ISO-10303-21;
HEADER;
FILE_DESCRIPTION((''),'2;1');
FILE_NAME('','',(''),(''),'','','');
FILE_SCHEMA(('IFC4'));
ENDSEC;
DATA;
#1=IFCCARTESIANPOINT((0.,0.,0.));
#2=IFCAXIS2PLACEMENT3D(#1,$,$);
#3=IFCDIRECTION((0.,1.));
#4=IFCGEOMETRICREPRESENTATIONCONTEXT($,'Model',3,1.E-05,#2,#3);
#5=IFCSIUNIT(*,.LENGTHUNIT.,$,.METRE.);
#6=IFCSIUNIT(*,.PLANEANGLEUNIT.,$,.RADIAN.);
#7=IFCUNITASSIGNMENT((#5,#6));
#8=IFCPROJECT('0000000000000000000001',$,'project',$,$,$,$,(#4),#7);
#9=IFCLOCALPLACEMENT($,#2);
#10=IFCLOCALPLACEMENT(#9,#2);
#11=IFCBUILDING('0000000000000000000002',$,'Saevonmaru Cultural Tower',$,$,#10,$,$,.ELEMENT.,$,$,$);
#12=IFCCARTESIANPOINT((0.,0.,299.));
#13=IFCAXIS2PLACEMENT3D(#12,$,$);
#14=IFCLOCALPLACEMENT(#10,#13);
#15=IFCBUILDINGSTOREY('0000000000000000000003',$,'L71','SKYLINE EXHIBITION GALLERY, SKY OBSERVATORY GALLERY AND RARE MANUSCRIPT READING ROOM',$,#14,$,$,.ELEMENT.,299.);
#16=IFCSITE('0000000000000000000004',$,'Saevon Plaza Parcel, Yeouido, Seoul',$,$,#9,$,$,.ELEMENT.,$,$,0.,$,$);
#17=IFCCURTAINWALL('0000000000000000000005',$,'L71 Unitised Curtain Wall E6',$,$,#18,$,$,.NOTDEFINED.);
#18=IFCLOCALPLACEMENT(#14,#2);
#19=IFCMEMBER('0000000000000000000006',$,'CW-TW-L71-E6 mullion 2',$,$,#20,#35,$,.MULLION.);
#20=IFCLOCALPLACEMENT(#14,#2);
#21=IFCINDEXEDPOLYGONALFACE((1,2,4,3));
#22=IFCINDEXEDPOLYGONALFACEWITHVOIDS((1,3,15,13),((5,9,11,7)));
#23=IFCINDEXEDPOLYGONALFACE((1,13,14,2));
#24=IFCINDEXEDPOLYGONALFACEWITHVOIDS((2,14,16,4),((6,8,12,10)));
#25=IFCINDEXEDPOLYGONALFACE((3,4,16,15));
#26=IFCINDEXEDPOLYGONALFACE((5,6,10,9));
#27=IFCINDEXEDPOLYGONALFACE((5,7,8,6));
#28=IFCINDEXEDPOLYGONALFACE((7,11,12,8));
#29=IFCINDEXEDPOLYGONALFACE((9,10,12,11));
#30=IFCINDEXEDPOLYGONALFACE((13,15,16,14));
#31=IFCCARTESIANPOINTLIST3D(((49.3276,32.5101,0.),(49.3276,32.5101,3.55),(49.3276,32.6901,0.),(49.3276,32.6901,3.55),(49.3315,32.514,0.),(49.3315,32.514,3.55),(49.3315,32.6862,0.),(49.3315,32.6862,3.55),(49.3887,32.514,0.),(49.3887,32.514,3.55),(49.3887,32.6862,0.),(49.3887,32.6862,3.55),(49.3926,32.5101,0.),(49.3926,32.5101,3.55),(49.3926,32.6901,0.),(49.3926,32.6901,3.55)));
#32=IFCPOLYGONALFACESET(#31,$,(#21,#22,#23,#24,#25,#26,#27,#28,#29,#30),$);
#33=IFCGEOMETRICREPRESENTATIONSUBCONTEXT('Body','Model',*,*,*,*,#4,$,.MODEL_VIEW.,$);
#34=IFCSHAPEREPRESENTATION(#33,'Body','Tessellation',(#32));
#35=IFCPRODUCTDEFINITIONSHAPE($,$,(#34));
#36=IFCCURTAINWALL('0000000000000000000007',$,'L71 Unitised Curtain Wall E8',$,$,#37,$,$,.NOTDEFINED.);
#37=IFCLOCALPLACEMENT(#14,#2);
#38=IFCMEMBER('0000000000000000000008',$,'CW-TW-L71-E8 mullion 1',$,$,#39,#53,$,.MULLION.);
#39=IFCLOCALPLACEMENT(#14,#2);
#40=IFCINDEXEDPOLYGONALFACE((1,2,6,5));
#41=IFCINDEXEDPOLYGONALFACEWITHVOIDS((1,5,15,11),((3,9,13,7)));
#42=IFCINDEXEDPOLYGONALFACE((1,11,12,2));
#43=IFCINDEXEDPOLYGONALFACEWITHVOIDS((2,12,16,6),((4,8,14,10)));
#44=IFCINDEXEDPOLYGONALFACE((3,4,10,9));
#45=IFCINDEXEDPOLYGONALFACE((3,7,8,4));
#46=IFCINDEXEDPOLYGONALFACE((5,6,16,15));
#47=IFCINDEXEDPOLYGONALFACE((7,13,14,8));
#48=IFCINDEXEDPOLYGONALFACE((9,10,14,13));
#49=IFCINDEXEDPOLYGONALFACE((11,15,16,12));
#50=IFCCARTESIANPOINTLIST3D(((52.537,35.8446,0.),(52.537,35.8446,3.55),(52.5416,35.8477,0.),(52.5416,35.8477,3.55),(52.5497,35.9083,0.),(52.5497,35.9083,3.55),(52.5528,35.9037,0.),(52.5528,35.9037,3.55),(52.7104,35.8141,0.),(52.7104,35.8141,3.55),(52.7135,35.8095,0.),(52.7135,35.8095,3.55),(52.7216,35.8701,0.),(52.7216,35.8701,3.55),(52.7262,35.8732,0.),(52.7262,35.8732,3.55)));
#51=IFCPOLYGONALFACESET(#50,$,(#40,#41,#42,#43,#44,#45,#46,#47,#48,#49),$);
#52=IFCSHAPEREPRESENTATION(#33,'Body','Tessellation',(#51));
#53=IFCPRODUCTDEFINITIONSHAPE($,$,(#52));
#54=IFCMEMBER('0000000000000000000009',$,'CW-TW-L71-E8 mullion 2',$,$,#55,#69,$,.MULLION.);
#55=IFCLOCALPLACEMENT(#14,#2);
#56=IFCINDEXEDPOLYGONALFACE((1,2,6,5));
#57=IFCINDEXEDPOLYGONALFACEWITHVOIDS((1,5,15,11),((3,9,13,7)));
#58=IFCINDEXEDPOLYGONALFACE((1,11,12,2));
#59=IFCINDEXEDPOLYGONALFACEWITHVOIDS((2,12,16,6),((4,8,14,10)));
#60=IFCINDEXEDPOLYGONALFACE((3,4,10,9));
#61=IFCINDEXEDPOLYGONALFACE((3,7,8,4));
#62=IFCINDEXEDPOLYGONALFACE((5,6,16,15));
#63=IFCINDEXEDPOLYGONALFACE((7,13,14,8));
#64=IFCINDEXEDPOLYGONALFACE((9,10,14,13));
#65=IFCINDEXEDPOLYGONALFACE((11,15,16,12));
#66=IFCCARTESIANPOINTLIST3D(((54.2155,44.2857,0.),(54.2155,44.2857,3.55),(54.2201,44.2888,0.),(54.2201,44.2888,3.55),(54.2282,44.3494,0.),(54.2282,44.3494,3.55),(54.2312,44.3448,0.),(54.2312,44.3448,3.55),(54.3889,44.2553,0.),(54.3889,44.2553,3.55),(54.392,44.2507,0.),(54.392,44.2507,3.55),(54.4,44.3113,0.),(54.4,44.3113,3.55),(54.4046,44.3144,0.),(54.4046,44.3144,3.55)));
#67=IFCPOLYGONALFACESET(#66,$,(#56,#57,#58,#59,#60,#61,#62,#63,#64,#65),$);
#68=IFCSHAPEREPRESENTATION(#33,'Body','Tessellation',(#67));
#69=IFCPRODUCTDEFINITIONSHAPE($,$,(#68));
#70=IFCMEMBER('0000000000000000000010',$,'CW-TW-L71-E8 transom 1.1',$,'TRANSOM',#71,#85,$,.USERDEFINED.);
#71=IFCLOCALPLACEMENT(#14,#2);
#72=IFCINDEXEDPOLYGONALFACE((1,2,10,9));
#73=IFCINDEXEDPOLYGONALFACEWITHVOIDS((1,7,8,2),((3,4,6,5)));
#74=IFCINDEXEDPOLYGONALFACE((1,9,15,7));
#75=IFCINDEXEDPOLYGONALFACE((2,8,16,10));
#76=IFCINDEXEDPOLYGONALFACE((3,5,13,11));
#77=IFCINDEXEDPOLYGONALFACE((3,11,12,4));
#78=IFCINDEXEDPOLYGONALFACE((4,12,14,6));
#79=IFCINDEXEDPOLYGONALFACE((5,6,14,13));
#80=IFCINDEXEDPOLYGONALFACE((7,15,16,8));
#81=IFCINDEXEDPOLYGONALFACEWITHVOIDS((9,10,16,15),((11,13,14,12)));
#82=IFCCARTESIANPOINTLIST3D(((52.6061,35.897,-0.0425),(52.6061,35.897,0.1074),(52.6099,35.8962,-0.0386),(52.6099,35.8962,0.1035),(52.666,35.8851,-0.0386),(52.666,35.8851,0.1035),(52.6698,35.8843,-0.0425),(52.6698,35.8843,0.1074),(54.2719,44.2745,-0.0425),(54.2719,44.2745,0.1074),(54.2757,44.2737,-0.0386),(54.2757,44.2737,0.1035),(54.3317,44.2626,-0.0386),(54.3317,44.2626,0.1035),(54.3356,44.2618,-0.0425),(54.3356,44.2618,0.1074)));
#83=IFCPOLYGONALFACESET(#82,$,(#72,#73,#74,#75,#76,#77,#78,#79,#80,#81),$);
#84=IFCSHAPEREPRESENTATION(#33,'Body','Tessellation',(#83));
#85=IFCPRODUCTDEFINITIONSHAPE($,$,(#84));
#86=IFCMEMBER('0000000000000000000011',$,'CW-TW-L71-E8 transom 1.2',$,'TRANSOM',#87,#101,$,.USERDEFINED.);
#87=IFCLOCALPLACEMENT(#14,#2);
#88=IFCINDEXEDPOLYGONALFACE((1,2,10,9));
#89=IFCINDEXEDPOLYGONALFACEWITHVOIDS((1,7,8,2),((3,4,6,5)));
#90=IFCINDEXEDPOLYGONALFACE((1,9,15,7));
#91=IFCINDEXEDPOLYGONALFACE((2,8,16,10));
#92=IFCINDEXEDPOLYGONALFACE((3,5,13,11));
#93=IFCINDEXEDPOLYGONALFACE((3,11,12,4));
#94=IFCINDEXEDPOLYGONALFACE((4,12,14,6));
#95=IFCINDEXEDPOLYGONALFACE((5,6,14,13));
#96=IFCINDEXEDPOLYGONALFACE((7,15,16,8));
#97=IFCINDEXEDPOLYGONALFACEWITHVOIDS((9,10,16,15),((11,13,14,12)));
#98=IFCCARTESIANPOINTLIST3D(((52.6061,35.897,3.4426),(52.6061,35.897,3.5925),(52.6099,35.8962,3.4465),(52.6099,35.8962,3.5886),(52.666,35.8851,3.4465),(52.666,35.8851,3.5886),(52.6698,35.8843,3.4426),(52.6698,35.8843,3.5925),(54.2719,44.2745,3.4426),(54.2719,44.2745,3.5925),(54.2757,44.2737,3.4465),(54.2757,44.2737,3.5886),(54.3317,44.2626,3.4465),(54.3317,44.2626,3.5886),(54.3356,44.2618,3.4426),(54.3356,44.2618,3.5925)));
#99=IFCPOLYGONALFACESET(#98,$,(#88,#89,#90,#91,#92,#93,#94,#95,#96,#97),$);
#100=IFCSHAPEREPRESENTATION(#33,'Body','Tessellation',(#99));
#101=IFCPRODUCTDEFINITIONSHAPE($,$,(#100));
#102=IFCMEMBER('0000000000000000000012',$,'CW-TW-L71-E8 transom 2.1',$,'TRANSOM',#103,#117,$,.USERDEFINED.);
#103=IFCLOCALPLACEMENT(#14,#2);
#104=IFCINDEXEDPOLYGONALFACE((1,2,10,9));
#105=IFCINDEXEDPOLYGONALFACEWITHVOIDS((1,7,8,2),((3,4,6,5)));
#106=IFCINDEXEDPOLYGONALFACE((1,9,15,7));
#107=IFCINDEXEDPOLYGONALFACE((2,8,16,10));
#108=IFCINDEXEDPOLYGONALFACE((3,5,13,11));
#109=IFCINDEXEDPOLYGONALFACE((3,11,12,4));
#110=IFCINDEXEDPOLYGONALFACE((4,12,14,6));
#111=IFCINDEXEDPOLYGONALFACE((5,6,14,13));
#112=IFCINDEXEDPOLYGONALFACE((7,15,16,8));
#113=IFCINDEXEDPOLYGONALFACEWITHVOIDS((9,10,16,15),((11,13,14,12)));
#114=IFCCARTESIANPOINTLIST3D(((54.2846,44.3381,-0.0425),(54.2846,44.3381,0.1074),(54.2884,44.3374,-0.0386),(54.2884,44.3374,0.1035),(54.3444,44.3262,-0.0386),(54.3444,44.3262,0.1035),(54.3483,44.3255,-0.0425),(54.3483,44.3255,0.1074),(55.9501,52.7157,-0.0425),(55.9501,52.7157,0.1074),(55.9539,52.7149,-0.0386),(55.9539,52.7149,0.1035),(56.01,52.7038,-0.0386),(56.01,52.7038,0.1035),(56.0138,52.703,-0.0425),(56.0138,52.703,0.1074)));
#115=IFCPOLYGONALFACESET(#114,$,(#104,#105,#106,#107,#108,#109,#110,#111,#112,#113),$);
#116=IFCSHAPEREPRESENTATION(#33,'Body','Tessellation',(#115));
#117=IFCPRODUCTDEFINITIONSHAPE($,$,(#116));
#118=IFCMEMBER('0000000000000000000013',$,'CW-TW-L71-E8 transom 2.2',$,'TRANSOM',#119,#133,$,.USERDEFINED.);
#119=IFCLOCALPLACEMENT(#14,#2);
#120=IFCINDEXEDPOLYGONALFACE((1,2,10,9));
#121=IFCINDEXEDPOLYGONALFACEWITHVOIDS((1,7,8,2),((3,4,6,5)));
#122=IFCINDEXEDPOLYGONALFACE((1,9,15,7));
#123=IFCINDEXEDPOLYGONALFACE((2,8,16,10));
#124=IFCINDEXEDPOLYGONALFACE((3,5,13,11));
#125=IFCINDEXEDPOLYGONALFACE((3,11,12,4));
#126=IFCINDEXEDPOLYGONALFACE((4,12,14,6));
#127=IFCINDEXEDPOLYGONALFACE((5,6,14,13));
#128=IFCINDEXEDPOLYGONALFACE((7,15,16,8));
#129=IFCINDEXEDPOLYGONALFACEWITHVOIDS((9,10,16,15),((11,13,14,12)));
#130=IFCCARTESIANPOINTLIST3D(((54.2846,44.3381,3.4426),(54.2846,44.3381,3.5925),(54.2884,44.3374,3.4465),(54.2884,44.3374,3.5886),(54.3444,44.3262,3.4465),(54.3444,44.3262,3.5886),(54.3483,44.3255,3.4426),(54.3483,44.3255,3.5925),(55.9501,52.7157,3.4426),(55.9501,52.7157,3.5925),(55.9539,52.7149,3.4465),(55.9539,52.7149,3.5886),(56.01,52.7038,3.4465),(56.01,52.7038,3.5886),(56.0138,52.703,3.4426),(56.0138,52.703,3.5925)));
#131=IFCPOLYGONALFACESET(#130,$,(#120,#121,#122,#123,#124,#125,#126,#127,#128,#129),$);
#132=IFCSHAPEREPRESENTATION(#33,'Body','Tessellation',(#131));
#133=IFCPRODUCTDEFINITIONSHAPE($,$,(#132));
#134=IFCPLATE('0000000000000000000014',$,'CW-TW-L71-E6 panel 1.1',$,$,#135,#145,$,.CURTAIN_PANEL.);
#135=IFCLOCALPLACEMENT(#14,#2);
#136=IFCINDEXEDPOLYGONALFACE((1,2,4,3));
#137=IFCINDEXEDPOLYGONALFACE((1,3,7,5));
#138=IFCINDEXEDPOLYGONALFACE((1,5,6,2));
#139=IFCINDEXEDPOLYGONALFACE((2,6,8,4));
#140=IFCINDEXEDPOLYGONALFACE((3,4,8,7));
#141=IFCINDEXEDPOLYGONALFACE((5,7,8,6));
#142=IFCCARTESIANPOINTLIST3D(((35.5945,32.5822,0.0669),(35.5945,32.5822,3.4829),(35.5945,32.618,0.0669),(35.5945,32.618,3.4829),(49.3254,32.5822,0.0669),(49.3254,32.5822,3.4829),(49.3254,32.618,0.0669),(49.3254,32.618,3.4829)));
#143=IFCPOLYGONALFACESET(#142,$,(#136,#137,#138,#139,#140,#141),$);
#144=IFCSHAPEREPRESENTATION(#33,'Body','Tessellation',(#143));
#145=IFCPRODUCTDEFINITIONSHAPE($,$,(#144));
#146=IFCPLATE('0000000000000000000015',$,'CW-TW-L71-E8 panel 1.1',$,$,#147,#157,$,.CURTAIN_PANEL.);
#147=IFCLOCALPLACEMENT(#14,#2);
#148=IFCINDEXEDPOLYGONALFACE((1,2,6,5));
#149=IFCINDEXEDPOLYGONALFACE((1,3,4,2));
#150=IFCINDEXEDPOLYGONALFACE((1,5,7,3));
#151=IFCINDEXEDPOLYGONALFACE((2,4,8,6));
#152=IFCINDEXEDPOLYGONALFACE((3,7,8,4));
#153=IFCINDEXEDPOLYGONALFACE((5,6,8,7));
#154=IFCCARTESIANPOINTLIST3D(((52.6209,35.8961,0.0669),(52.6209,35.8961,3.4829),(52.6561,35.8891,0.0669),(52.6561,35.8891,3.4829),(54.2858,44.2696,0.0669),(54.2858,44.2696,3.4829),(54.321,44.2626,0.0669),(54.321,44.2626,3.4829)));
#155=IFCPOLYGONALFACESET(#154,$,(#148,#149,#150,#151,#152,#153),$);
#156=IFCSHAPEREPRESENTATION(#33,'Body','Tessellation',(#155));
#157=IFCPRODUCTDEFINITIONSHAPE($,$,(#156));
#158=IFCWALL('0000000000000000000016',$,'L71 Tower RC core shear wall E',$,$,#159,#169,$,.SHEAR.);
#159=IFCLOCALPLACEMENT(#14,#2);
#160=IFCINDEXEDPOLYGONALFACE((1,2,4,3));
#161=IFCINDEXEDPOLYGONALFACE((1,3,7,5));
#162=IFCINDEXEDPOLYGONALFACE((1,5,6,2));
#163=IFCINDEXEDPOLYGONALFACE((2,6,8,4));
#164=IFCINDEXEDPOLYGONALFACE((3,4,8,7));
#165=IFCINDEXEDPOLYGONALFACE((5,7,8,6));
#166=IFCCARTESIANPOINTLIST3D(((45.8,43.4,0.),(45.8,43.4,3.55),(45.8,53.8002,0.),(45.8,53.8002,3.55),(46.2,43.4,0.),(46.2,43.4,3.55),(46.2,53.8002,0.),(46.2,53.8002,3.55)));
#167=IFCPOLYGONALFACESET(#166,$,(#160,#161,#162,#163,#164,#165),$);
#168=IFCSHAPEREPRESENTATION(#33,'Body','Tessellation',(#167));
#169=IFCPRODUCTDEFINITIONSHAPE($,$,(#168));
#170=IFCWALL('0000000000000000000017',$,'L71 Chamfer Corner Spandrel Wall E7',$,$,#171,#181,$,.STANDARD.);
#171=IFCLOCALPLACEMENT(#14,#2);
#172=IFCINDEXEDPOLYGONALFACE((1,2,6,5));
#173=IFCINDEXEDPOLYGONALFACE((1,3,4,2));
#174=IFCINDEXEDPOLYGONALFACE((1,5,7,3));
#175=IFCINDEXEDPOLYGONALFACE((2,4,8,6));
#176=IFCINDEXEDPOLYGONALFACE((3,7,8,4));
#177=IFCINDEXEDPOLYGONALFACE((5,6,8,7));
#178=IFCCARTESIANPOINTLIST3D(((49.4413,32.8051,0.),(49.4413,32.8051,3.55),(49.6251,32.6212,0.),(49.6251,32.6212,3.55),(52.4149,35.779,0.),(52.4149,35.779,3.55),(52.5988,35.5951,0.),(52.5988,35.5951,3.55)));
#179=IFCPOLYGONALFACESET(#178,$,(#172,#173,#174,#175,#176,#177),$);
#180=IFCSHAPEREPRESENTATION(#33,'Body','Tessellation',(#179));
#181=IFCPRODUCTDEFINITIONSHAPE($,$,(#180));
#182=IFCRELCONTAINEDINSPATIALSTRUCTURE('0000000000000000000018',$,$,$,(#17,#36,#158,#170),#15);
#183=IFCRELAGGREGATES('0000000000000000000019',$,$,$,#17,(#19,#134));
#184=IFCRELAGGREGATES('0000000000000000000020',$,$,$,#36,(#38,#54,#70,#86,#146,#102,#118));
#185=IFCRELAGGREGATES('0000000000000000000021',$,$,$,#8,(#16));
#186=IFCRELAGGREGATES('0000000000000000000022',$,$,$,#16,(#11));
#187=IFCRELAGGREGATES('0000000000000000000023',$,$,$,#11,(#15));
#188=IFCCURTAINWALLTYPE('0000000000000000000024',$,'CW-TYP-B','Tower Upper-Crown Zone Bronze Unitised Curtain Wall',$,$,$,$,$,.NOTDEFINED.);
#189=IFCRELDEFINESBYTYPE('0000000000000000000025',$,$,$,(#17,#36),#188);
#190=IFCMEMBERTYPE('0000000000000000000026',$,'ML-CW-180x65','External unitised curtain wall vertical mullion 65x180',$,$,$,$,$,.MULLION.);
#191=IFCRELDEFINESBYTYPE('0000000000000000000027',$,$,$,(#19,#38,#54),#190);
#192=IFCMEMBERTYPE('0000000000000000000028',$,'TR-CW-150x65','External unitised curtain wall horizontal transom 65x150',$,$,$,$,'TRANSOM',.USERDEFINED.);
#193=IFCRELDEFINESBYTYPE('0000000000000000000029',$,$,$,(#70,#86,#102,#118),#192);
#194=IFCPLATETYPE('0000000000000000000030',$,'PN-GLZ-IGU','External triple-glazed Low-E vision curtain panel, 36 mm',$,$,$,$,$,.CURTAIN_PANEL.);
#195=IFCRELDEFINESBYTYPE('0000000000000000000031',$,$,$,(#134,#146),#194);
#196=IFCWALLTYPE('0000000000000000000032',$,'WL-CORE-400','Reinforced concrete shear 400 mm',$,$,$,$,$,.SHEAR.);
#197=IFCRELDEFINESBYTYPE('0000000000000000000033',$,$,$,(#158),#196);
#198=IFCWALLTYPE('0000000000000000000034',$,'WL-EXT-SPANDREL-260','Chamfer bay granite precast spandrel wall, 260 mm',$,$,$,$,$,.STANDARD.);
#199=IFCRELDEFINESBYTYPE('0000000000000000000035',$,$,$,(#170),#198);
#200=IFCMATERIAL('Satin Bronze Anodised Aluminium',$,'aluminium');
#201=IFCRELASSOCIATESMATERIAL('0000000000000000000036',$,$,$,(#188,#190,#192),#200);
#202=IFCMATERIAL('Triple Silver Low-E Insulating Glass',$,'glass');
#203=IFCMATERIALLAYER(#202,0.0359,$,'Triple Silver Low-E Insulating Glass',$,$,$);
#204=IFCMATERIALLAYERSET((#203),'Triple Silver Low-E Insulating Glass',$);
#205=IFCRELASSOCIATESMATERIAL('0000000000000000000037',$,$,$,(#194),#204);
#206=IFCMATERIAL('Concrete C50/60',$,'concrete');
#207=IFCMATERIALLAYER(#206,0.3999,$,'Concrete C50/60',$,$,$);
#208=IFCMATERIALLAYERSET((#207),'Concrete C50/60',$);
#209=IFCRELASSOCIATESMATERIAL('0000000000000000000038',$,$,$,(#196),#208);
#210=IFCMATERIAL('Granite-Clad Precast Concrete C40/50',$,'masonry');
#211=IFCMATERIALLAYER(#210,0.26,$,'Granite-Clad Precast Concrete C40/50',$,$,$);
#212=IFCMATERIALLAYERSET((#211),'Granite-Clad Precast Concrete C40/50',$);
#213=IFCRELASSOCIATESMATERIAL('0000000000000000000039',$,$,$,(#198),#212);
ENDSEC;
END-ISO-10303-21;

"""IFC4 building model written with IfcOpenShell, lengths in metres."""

from ifc_helpers import new_model, si_unit, direction, frame, frame_2d, origin, origin_2d, place, context, subcontext, project, spatial, rectangle, hollow_rectangle, extrude, material, layer, layer_set, material_profile, profile_set, type_object, element, aggregate, save


model = new_model("IFC4")

# Units and contexts
model_context = context("Model", 3, precision=1e-05, world=origin(), true_north=direction((0.0, 1.0)))
body_context = subcontext(model_context, "Body", "Model", "MODEL_VIEW")
ifc_project = project(units=[si_unit("LENGTHUNIT", "METRE"), si_unit("PLANEANGLEUNIT", "RADIAN")], contexts=[model_context])

# Site, building, storey
site_placement = place(None, origin())
site = spatial("IfcSite", under=ifc_project, at=site_placement, Name="Saevon Plaza Parcel, Yeouido, Seoul", CompositionType="ELEMENT", RefElevation=0.0)
building_placement = place(site_placement, origin())
building = spatial("IfcBuilding", under=site, at=building_placement, Name="Saevonmaru Cultural Tower", CompositionType="ELEMENT")
storey_placement = place(building_placement, frame((0.0, 0.0, 299.0)))
storey = spatial("IfcBuildingStorey", under=building, at=storey_placement, Name="L71", Description="SKYLINE EXHIBITION GALLERY, SKY OBSERVATORY GALLERY AND RARE MANUSCRIPT READING ROOM", CompositionType="ELEMENT", Elevation=299.0)

# Curtain wall, member
ifc_material_1 = material(Name="Satin Bronze Anodised Aluminium", Category="aluminium")
curtain_wall_type = type_object("IfcCurtainWallType", Name="CW-TYP-B", Description="Tower Upper-Crown Zone Bronze Unitised Curtain Wall", PredefinedType="NOTDEFINED", material=ifc_material_1)
curtain_wall_1_placement = place(storey_placement, origin())
curtain_wall_1 = element("IfcCurtainWall", 1, at=curtain_wall_1_placement, inside=storey, type_object=curtain_wall_type, Name="L71 Unitised Curtain Wall E6", PredefinedType="NOTDEFINED")
ifc_material_profile_1 = material_profile(ifc_material_1, hollow_rectangle(XDim=0.0649, YDim=0.1799, WallThickness=0.0039, at=origin_2d()), Name="ALU-MULL-180x65x4")
ifc_profile_set_1 = profile_set([ifc_material_profile_1], Name="Satin Bronze Anodised Aluminium")
member_type_1 = type_object("IfcMemberType", Name="ML-CW-180x65", Description="External unitised curtain wall vertical mullion 65x180", PredefinedType="MULLION", material=ifc_profile_set_1)
member_1_placement = place(storey_placement, frame((49.3601, 32.6001, 0.0), z_axis=(0.0, 0.0, 1.0), x_axis=(1.0, 0.0, 0.0)))
member_1 = element("IfcMember", 2, at=member_1_placement, type_object=member_type_1, Name="CW-TW-L71-E6 mullion 2", PredefinedType="MULLION", context=body_context, shape_type="SweptSolid", body=[
    extrude(hollow_rectangle(XDim=0.0649, YDim=0.1799, WallThickness=0.0039, at=origin_2d()), origin(), (0.0, 0.0, 1.0), 3.55),
])

# Curtain wall, members
curtain_wall_2_placement = place(storey_placement, origin())
curtain_wall_2 = element("IfcCurtainWall", 3, at=curtain_wall_2_placement, inside=storey, type_object=curtain_wall_type, Name="L71 Unitised Curtain Wall E8", PredefinedType="NOTDEFINED")
member_2_placement = place(storey_placement, frame((52.6316, 35.8589, 0.0), z_axis=(0.0, 0.0, 1.0), x_axis=(0.195005, 0.980802, 0.0)))
member_2 = element("IfcMember", 4, at=member_2_placement, type_object=member_type_1, Name="CW-TW-L71-E8 mullion 1", PredefinedType="MULLION", context=body_context, shape_type="SweptSolid", body=[
    extrude(hollow_rectangle(XDim=0.0649, YDim=0.1799, WallThickness=0.0039, at=origin_2d()), origin(), (0.0, 0.0, 1.0), 3.55),
])
member_3_placement = place(storey_placement, frame((54.3101, 44.3, 0.0), z_axis=(0.0, 0.0, 1.0), x_axis=(0.195005, 0.980802, 0.0)))
member_3 = element("IfcMember", 5, at=member_3_placement, type_object=member_type_1, Name="CW-TW-L71-E8 mullion 2", PredefinedType="MULLION", context=body_context, shape_type="SweptSolid", body=[
    extrude(hollow_rectangle(XDim=0.0649, YDim=0.1799, WallThickness=0.0039, at=origin_2d()), origin(), (0.0, 0.0, 1.0), 3.55),
])
ifc_material_profile_2 = material_profile(ifc_material_1, hollow_rectangle(XDim=0.0649, YDim=0.1499, WallThickness=0.0039, at=origin_2d()), Name="ALU-TRAN-150x65x4")
ifc_profile_set_2 = profile_set([ifc_material_profile_2], Name="Satin Bronze Anodised Aluminium")
member_type_2 = type_object("IfcMemberType", Name="TR-CW-150x65", Description="External unitised curtain wall horizontal transom 65x150", ElementType="TRANSOM", PredefinedType="USERDEFINED", material=ifc_profile_set_2)
member_4_placement = place(storey_placement, frame((52.6379, 35.8906, 0.0325), z_axis=(0.195022, 0.980799, 0.0), x_axis=(-0.980799, 0.195022, 0.0)))
member_4 = element("IfcMember", 6, at=member_4_placement, type_object=member_type_2, Name="CW-TW-L71-E8 transom 1.1", ObjectType="TRANSOM", PredefinedType="USERDEFINED", context=body_context, shape_type="SweptSolid", body=[
    extrude(hollow_rectangle(XDim=0.0649, YDim=0.1499, WallThickness=0.0039, at=origin_2d()), origin(), (0.0, 0.0, 1.0), 8.5415),
])
member_5_placement = place(storey_placement, frame((52.6379, 35.8906, 3.5176), z_axis=(0.195022, 0.980799, 0.0), x_axis=(-0.980799, 0.195022, 0.0)))
member_5 = element("IfcMember", 7, at=member_5_placement, type_object=member_type_2, Name="CW-TW-L71-E8 transom 1.2", ObjectType="TRANSOM", PredefinedType="USERDEFINED", context=body_context, shape_type="SweptSolid", body=[
    extrude(hollow_rectangle(XDim=0.0649, YDim=0.1499, WallThickness=0.0039, at=origin_2d()), origin(), (0.0, 0.0, 1.0), 8.5415),
])
member_6_placement = place(storey_placement, frame((54.3164, 44.3318, 0.0325), z_axis=(0.194995, 0.980804, 0.0), x_axis=(-0.980804, 0.194995, 0.0)))
member_6 = element("IfcMember", 8, at=member_6_placement, type_object=member_type_2, Name="CW-TW-L71-E8 transom 2.1", ObjectType="TRANSOM", PredefinedType="USERDEFINED", context=body_context, shape_type="SweptSolid", body=[
    extrude(hollow_rectangle(XDim=0.0649, YDim=0.1499, WallThickness=0.0039, at=origin_2d()), origin(), (0.0, 0.0, 1.0), 8.5415),
])
member_7_placement = place(storey_placement, frame((54.3164, 44.3318, 3.5176), z_axis=(0.194995, 0.980804, 0.0), x_axis=(-0.980804, 0.194995, 0.0)))
member_7 = element("IfcMember", 9, at=member_7_placement, type_object=member_type_2, Name="CW-TW-L71-E8 transom 2.2", ObjectType="TRANSOM", PredefinedType="USERDEFINED", context=body_context, shape_type="SweptSolid", body=[
    extrude(hollow_rectangle(XDim=0.0649, YDim=0.1499, WallThickness=0.0039, at=origin_2d()), origin(), (0.0, 0.0, 1.0), 8.5415),
])

# Plates
ifc_material_2 = material(Name="Triple Silver Low-E Insulating Glass", Category="glass")
ifc_layer_1 = layer(ifc_material_2, 0.0359, Name="Triple Silver Low-E Insulating Glass")
ifc_layer_set_1 = layer_set([ifc_layer_1], Name="Triple Silver Low-E Insulating Glass")
plate_type = type_object("IfcPlateType", Name="PN-GLZ-IGU", Description="External triple-glazed Low-E vision curtain panel, 36 mm", PredefinedType="CURTAIN_PANEL", material=ifc_layer_set_1)
plate_1_placement = place(storey_placement, frame((42.46, 32.6001, 0.0669), z_axis=(0.0, 0.0, 1.0), x_axis=(1.0, 0.0, 0.0)))
plate_1 = element("IfcPlate", 10, at=plate_1_placement, type_object=plate_type, Name="CW-TW-L71-E6 panel 1.1", PredefinedType="CURTAIN_PANEL", context=body_context, shape_type="SweptSolid", body=[
    extrude(rectangle(XDim=13.731, YDim=0.0359, at=origin_2d()), origin(), (0.0, 0.0, 1.0), 3.416),
])
aggregate(curtain_wall_1, [member_1, plate_1])
plate_2_placement = place(storey_placement, frame((53.4709, 40.0793, 0.0669), z_axis=(0.0, 0.0, 1.0), x_axis=(0.195005, 0.980802, 0.0)))
plate_2 = element("IfcPlate", 11, at=plate_2_placement, type_object=plate_type, Name="CW-TW-L71-E8 panel 1.1", PredefinedType="CURTAIN_PANEL", context=body_context, shape_type="SweptSolid", body=[
    extrude(rectangle(XDim=8.5374, YDim=0.0359, at=origin_2d()), origin(), (0.0, 0.0, 1.0), 3.416),
])
aggregate(curtain_wall_2, [member_2, member_3, member_4, member_5, plate_2, member_6, member_7])

# Walls
ifc_material_3 = material(Name="Concrete C50/60", Category="concrete")
ifc_layer_2 = layer(ifc_material_3, 0.3999, Name="Concrete C50/60")
ifc_layer_set_2 = layer_set([ifc_layer_2], Name="Concrete C50/60")
wall_type_1 = type_object("IfcWallType", Name="WL-CORE-400", Description="Reinforced concrete shear 400 mm", PredefinedType="SHEAR", material=ifc_layer_set_2)
wall_1_placement = place(storey_placement, frame((46.0, 43.3999, 0.0), z_axis=(0.0, 0.0, 1.0), x_axis=(0.0, 1.0, 0.0)))
element("IfcWall", 12, at=wall_1_placement, inside=storey, type_object=wall_type_1, Name="L71 Tower RC core shear wall E", PredefinedType="SHEAR", context=body_context, shape_type="SweptSolid", body=[
    extrude(rectangle(XDim=10.4001, YDim=0.3999, at=frame_2d((5.2002, 0.0))), origin(), (0.0, 0.0, 1.0), 3.55),
])
ifc_material_4 = material(Name="Granite-Clad Precast Concrete C40/50", Category="masonry")
ifc_layer_3 = layer(ifc_material_4, 0.26, Name="Granite-Clad Precast Concrete C40/50")
ifc_layer_set_3 = layer_set([ifc_layer_3], Name="Granite-Clad Precast Concrete C40/50")
wall_type_2 = type_object("IfcWallType", Name="WL-EXT-SPANDREL-260", Description="Chamfer bay granite precast spandrel wall, 260 mm", PredefinedType="STANDARD", material=ifc_layer_set_3)
wall_2_placement = place(storey_placement, frame((49.5332, 32.7131, 0.0), z_axis=(0.0, 0.0, 1.0), x_axis=(0.707078, 0.707136, 0.0)))
element("IfcWall", 13, at=wall_2_placement, inside=storey, type_object=wall_type_2, Name="L71 Chamfer Corner Spandrel Wall E7", PredefinedType="STANDARD", context=body_context, shape_type="SweptSolid", body=[
    extrude(rectangle(XDim=4.2056, YDim=0.26, at=frame_2d((2.1028, 0.0))), origin(), (0.0, 0.0, 1.0), 3.55),
])

save(model, "model.ifc")
